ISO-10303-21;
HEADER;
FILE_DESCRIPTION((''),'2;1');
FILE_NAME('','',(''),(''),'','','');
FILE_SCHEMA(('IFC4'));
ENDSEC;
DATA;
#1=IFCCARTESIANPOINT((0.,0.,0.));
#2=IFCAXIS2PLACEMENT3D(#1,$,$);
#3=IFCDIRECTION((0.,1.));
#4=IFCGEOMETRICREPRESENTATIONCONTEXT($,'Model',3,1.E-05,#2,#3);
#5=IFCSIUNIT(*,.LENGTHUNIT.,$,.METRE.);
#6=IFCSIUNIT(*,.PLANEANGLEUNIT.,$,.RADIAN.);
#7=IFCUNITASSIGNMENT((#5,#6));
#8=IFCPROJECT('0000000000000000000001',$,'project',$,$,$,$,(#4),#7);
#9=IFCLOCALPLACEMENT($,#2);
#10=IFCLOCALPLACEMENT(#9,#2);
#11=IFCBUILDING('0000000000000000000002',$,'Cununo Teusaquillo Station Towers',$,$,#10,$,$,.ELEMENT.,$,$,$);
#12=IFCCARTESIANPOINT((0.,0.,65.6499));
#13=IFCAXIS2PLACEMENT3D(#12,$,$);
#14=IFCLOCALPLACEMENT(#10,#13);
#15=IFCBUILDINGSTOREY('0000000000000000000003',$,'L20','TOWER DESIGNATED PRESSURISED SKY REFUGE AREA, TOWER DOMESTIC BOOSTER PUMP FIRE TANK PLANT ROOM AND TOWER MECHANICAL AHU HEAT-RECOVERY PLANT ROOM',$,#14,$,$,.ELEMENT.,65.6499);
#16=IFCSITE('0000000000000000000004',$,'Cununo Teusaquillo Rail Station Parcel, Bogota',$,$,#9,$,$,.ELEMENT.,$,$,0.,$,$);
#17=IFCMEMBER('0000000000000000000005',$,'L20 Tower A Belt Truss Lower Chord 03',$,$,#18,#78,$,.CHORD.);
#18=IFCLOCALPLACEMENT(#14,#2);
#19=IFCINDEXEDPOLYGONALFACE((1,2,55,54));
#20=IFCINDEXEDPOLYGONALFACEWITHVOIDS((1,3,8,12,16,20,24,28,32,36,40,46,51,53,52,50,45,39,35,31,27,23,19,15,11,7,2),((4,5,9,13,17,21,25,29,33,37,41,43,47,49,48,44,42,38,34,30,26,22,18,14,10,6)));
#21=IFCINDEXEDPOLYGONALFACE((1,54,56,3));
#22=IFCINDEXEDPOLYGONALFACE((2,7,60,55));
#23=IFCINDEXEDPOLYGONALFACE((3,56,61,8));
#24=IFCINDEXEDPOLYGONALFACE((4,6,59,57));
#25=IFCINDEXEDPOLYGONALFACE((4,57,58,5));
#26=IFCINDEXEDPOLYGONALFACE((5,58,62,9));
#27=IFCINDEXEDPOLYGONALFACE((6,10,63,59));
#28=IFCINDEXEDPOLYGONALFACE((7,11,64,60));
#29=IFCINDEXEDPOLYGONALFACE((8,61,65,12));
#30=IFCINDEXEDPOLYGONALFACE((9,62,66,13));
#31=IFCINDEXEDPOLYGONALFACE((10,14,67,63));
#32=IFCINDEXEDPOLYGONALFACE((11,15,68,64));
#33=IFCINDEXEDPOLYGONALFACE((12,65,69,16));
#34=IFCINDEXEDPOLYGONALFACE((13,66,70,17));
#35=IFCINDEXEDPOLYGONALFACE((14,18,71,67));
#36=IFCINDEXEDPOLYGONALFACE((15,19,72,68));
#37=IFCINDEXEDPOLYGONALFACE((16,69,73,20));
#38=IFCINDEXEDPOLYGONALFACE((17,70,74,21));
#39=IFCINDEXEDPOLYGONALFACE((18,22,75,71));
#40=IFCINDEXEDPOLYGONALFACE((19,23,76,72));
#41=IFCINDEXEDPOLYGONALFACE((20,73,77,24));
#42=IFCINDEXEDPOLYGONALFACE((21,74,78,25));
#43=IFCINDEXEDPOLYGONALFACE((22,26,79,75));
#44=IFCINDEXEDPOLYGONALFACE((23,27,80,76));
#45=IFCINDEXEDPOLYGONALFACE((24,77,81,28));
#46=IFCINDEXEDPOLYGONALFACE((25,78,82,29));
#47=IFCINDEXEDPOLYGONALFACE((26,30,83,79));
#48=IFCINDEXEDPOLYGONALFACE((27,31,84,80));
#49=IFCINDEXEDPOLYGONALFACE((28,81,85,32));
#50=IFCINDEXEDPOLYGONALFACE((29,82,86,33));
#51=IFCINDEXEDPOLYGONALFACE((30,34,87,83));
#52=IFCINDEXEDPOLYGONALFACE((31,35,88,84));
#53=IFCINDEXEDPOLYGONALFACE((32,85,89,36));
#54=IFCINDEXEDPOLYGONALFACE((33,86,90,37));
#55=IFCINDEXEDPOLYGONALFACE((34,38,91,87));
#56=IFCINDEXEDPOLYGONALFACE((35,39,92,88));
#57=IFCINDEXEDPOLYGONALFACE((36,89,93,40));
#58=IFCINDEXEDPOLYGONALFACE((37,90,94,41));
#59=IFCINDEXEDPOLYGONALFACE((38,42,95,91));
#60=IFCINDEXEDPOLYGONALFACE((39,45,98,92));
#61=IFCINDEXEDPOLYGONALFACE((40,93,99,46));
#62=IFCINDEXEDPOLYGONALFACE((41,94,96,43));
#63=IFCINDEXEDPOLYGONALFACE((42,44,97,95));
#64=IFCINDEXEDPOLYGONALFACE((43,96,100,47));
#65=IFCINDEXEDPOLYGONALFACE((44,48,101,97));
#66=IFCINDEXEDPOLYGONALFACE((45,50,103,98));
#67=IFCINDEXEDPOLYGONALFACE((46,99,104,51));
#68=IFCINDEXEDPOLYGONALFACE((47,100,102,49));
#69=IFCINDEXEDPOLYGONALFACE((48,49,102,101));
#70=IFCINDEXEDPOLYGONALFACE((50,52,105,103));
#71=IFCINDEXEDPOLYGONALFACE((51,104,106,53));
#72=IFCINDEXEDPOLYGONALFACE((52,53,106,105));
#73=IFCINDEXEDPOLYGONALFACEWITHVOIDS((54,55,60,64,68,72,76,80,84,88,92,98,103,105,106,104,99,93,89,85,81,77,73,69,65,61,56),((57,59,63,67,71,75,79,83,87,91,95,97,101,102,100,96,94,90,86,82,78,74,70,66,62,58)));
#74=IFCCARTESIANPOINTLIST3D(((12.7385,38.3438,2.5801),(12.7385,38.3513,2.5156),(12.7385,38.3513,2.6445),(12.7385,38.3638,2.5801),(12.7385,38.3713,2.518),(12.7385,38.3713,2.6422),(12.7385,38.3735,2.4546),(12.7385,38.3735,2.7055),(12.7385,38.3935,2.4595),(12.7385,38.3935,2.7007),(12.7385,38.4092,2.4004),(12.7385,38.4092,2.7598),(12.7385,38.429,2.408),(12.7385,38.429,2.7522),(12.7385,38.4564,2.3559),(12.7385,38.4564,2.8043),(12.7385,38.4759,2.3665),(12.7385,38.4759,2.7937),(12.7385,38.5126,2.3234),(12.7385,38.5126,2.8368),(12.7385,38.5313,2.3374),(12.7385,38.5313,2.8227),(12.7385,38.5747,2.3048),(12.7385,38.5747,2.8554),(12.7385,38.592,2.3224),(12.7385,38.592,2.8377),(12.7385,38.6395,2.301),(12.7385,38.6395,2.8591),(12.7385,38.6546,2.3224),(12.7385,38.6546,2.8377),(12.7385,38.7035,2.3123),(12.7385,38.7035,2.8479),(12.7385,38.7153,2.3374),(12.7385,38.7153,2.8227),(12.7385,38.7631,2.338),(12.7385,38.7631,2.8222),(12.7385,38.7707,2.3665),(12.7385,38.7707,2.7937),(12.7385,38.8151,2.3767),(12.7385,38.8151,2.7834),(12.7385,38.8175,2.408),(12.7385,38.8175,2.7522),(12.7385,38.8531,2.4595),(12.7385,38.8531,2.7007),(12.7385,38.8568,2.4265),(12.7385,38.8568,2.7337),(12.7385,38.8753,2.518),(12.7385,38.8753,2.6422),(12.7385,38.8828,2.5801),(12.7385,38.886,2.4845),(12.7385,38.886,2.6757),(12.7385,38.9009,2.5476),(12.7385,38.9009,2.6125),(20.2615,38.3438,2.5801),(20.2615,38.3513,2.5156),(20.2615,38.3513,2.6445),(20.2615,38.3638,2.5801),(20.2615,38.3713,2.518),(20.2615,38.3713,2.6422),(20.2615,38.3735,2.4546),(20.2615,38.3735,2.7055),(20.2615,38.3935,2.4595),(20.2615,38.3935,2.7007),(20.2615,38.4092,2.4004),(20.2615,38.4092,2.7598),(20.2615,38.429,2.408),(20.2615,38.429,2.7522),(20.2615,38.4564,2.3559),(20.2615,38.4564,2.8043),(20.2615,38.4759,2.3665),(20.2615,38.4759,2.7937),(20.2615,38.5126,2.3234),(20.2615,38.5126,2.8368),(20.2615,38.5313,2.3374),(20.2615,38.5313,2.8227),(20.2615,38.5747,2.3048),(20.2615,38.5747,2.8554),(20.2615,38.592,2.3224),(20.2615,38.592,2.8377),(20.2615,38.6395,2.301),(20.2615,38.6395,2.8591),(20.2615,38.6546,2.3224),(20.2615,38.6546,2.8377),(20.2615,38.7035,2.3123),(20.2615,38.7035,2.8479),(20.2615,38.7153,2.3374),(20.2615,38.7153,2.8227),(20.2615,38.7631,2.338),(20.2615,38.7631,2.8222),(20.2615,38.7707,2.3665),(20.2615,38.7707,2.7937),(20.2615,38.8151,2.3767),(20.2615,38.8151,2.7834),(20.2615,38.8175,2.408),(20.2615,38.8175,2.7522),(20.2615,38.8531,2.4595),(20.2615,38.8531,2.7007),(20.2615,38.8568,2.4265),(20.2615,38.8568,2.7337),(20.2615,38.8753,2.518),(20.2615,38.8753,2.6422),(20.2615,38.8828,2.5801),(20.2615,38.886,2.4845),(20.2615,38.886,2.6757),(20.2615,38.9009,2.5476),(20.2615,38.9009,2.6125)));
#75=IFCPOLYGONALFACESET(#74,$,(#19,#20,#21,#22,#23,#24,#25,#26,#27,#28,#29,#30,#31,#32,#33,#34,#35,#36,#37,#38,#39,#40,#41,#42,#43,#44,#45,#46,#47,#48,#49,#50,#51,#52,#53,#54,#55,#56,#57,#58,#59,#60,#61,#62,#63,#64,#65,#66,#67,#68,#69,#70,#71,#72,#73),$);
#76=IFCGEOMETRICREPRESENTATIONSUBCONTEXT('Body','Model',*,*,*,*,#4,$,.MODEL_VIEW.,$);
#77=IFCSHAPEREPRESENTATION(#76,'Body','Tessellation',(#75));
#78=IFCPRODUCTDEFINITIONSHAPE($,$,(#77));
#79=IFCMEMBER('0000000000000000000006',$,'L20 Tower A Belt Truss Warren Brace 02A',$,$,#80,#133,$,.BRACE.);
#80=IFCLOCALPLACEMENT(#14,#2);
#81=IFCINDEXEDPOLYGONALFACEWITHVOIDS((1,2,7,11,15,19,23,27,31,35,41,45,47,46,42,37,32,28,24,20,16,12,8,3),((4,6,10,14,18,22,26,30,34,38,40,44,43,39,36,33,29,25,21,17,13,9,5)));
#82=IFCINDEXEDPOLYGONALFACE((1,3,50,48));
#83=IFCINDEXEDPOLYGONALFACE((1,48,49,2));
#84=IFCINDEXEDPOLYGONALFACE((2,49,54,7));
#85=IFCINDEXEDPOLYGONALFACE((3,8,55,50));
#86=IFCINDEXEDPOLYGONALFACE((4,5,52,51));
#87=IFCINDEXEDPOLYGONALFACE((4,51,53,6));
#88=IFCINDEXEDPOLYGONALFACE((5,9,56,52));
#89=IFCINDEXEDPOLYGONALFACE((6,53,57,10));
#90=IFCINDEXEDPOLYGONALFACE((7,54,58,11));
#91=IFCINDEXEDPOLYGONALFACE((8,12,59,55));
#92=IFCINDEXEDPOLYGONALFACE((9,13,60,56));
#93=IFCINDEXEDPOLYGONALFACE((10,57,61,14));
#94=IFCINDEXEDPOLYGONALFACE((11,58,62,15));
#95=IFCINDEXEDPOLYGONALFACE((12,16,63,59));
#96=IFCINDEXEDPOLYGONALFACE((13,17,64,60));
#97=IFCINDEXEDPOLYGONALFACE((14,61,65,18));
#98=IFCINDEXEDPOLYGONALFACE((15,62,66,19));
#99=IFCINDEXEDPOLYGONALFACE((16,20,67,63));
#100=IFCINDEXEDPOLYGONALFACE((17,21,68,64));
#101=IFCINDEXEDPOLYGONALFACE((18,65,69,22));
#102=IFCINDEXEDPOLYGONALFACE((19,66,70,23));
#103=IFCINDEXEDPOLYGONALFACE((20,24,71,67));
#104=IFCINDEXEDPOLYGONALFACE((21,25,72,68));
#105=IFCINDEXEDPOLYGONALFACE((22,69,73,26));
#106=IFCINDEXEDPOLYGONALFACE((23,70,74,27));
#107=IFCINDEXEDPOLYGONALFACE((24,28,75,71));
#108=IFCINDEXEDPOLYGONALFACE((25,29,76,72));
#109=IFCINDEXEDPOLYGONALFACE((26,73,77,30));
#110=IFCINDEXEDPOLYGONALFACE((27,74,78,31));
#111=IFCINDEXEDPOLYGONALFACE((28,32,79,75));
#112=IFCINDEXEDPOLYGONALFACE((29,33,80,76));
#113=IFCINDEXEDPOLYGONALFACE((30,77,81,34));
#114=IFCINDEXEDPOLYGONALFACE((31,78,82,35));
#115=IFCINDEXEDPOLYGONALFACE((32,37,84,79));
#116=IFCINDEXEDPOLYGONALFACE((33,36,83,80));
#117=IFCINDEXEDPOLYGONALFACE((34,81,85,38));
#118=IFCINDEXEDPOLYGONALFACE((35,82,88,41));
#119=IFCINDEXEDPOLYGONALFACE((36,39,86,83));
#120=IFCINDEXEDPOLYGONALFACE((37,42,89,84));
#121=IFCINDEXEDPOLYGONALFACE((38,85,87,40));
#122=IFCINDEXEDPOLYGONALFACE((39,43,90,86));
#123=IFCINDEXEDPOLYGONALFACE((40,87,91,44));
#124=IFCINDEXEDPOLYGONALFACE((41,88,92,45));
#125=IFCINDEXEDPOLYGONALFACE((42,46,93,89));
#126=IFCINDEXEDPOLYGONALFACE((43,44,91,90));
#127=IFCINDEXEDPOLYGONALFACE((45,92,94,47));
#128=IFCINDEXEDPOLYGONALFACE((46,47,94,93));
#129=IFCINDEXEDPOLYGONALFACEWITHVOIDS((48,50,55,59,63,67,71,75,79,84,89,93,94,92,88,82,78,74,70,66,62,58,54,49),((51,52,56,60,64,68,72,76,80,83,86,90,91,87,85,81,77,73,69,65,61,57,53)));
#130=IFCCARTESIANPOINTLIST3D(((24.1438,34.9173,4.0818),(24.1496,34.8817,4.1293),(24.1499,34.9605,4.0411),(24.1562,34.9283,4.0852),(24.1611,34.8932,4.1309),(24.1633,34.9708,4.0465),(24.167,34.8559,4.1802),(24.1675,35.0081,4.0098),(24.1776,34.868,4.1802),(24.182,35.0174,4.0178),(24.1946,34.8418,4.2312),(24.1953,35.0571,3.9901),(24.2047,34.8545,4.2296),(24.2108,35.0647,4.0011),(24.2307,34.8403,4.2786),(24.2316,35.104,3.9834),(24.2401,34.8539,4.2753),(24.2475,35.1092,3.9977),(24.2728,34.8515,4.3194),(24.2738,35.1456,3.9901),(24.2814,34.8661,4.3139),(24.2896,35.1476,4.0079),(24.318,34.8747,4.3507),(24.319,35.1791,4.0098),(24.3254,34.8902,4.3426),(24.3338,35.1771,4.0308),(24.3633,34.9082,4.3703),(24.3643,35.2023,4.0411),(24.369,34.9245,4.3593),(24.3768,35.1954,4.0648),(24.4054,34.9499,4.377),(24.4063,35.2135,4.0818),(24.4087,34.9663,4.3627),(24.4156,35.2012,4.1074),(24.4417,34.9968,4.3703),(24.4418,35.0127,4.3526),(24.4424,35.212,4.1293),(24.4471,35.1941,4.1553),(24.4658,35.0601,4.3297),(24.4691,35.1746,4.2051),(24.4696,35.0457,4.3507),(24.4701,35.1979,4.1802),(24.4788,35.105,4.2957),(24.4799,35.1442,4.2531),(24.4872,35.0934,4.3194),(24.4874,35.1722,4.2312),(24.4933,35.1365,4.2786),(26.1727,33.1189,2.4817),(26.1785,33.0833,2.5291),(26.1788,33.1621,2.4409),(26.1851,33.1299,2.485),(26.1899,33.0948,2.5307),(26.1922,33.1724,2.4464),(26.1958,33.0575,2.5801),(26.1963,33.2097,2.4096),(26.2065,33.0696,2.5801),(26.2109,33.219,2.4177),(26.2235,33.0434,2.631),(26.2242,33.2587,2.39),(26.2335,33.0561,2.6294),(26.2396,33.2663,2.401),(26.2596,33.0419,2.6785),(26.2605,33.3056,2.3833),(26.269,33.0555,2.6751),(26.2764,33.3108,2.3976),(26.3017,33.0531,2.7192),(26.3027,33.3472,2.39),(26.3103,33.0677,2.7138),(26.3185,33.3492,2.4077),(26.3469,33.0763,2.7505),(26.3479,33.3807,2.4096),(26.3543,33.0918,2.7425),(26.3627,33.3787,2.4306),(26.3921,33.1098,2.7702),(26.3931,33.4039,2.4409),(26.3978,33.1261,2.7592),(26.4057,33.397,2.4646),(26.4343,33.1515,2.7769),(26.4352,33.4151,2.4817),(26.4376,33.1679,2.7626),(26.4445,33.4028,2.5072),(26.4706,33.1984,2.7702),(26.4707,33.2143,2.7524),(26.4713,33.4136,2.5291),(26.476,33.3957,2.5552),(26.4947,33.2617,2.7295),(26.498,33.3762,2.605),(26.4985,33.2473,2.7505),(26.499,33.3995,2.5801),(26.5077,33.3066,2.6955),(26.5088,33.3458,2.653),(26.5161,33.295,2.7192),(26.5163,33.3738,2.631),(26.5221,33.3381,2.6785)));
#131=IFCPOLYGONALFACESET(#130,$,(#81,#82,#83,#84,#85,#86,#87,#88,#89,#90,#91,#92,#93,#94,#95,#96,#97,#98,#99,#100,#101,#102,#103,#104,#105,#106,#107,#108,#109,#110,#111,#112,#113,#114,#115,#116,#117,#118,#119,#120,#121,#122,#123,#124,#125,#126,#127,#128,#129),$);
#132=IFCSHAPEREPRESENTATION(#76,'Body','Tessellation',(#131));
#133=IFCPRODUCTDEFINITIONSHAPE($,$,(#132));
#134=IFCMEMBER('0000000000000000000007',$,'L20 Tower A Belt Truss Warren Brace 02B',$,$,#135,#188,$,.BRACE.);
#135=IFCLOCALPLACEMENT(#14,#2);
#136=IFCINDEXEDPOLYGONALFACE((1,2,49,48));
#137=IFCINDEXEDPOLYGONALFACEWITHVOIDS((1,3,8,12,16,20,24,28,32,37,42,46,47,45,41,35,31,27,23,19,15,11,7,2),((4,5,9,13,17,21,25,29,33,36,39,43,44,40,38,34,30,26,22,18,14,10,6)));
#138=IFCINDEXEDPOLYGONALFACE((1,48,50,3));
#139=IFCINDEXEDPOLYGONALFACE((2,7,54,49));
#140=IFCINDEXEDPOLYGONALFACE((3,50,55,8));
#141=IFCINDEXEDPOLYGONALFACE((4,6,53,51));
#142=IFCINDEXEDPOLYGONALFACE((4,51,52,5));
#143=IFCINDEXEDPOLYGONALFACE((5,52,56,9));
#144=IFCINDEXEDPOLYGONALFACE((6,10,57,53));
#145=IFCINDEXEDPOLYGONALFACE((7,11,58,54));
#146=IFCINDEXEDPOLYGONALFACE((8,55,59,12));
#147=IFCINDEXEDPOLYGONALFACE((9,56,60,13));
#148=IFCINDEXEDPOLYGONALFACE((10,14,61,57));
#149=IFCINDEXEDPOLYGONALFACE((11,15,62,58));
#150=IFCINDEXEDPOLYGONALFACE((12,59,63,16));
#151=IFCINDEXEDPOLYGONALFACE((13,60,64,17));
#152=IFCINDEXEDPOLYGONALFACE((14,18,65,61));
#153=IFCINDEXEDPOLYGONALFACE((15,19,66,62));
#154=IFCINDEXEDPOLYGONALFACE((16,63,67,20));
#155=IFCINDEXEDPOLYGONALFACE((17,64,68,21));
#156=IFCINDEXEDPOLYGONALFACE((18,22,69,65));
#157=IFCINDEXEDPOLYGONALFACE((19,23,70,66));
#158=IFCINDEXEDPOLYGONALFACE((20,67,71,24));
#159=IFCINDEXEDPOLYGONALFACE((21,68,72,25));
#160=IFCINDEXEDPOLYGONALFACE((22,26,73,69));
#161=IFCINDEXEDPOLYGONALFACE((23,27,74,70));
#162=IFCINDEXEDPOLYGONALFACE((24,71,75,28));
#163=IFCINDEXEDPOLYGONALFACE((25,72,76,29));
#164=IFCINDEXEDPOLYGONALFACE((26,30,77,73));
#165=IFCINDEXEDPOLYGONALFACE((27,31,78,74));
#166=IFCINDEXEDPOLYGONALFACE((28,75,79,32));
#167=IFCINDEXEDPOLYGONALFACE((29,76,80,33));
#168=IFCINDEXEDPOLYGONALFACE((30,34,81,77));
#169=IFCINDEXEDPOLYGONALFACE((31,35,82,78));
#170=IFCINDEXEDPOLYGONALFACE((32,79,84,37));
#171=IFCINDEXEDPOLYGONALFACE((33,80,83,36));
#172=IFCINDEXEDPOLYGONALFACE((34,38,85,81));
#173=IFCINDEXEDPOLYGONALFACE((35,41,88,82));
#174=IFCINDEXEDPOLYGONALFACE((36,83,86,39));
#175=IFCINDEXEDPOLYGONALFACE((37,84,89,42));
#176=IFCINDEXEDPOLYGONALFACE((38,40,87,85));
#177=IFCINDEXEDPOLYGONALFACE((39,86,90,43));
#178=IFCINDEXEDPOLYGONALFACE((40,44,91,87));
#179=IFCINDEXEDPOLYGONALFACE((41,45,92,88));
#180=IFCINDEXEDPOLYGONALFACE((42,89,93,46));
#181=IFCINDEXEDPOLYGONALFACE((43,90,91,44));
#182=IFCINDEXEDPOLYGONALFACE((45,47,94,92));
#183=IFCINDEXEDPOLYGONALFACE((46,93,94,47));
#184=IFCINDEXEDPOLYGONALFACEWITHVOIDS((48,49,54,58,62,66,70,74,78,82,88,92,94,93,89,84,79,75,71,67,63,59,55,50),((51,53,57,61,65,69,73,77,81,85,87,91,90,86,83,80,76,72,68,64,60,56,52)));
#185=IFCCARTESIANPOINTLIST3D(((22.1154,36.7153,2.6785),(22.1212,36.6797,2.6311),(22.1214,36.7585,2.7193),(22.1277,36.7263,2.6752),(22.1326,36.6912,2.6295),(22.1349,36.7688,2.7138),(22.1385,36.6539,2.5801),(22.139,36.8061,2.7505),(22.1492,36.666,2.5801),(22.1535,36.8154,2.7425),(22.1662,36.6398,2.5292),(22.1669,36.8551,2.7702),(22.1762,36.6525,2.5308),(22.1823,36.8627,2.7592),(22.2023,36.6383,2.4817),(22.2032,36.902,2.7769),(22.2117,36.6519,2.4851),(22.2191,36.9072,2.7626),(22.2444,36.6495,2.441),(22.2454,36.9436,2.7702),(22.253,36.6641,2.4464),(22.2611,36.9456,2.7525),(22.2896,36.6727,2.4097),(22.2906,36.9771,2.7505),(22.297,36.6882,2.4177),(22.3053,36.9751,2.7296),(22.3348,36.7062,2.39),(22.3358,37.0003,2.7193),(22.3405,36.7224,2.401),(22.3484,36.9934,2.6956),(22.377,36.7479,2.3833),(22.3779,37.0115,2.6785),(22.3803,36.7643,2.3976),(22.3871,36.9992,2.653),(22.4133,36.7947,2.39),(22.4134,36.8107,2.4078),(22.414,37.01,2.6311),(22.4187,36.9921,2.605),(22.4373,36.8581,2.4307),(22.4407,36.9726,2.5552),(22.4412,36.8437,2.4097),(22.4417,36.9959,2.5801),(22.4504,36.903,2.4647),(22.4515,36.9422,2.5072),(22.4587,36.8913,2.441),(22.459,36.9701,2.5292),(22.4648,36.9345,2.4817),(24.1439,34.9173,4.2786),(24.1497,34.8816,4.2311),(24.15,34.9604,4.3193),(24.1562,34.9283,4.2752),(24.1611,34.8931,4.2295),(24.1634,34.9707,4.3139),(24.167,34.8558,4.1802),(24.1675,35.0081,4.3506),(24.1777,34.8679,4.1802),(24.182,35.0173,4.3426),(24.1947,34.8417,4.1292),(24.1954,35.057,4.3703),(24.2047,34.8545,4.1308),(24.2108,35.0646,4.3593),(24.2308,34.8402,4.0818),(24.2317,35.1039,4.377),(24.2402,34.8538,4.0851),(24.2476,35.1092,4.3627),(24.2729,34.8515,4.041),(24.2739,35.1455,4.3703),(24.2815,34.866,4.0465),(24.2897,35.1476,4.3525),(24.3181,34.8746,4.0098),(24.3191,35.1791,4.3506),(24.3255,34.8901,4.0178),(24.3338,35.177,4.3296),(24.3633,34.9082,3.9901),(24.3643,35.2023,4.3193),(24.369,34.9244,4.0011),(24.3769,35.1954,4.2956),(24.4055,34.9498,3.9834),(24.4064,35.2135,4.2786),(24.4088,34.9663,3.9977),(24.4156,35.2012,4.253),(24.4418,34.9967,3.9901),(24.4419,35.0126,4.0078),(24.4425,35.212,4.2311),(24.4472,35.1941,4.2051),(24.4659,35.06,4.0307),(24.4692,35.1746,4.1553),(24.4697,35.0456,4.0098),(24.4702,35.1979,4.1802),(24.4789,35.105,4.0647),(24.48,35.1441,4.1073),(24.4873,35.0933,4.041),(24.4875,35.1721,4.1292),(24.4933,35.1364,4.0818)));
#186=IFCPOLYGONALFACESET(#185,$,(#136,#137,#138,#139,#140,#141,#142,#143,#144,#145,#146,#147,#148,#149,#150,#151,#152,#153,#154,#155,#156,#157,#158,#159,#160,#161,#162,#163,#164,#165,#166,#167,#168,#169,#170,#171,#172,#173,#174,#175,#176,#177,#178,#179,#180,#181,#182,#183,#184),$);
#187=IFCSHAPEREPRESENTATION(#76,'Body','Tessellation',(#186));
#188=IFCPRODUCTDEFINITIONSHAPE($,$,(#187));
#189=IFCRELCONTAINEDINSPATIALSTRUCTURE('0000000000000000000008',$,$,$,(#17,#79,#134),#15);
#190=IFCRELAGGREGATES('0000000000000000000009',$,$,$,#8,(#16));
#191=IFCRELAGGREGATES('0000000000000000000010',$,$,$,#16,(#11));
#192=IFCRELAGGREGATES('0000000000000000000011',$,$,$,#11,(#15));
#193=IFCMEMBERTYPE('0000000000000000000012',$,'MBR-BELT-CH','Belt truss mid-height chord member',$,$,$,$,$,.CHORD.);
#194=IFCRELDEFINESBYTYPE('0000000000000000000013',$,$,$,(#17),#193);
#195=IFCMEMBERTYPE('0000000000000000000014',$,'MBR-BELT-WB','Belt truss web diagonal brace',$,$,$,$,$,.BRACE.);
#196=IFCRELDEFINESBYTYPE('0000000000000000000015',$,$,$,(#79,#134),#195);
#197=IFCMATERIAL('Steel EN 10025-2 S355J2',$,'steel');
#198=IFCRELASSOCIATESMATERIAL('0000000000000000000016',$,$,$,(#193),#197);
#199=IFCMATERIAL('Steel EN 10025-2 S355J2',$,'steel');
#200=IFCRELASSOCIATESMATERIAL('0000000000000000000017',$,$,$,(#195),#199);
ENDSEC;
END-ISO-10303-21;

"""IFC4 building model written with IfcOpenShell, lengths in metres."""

from ifc_helpers import new_model, si_unit, direction, frame, origin, origin_2d, place, context, subcontext, project, spatial, hollow_circle, extrude, material, material_profile, profile_set, type_object, element, save


model = new_model("IFC4")

# Units and contexts
model_context = context("Model", 3, precision=1e-05, world=origin(), true_north=direction((0.0, 1.0)))
body_context = subcontext(model_context, "Body", "Model", "MODEL_VIEW")
ifc_project = project(units=[si_unit("LENGTHUNIT", "METRE"), si_unit("PLANEANGLEUNIT", "RADIAN")], contexts=[model_context])

# Site, building, storey
site_placement = place(None, origin())
site = spatial("IfcSite", under=ifc_project, at=site_placement, Name="Cununo Teusaquillo Rail Station Parcel, Bogota", CompositionType="ELEMENT", RefElevation=0.0)
building_placement = place(site_placement, origin())
building = spatial("IfcBuilding", under=site, at=building_placement, Name="Cununo Teusaquillo Station Towers", CompositionType="ELEMENT")
storey_placement = place(building_placement, frame((0.0, 0.0, 65.6499)))
storey = spatial("IfcBuildingStorey", under=building, at=storey_placement, Name="L20", Description="TOWER DESIGNATED PRESSURISED SKY REFUGE AREA, TOWER DOMESTIC BOOSTER PUMP FIRE TANK PLANT ROOM AND TOWER MECHANICAL AHU HEAT-RECOVERY PLANT ROOM", CompositionType="ELEMENT", Elevation=65.6499)

# Members
ifc_material_1 = material(Name="Steel EN 10025-2 S355J2", Category="steel")
ifc_material_profile_1 = material_profile(ifc_material_1, hollow_circle(Radius=0.2795, WallThickness=0.02, at=origin_2d()), Name="CHS 559x20")
ifc_profile_set_1 = profile_set([ifc_material_profile_1], Name="Steel EN 10025-2 S355J2")
member_type_1 = type_object("IfcMemberType", Name="MBR-BELT-CH", Description="Belt truss mid-height chord member", PredefinedType="CHORD", material=ifc_profile_set_1)
member_1_placement = place(storey_placement, frame((20.2615, 38.6233, 2.5801), z_axis=(-1.0, 0.0, 0.0), x_axis=(0.0, -1.0, 0.0)))
element("IfcMember", 1, at=member_1_placement, inside=storey, type_object=member_type_1, Name="L20 Tower A Belt Truss Lower Chord 03", PredefinedType="CHORD", context=body_context, shape_type="SweptSolid", body=[
    extrude(hollow_circle(Radius=0.2795, WallThickness=0.02, at=origin_2d()), origin(), (0.0, 0.0, 1.0), 7.5229),
])
ifc_material_2 = material(Name="Steel EN 10025-2 S355J2", Category="steel")
ifc_material_profile_2 = material_profile(ifc_material_2, hollow_circle(Radius=0.2285, WallThickness=0.0161, at=origin_2d()), Name="CHS 457x16")
ifc_profile_set_2 = profile_set([ifc_material_profile_2], Name="Steel EN 10025-2 S355J2")
member_type_2 = type_object("IfcMemberType", Name="MBR-BELT-WB", Description="Belt truss web diagonal brace", PredefinedType="BRACE", material=ifc_profile_set_2)
member_2_placement = place(storey_placement, frame((26.3474, 33.2285, 2.5801), z_axis=(-0.644459, 0.57125, 0.508277), x_axis=(-0.663324, -0.748333, 0.0)))
element("IfcMember", 2, at=member_2_placement, inside=storey, type_object=member_type_2, Name="L20 Tower A Belt Truss Warren Brace 02A", PredefinedType="BRACE", context=body_context, shape_type="SweptSolid", body=[
    extrude(hollow_circle(Radius=0.2285, WallThickness=0.0161, at=origin_2d()), origin(), (0.0, 0.0, 1.0), 3.1482),
])
member_3_placement = place(storey_placement, frame((24.3186, 35.0269, 4.1802), z_axis=(-0.644442, 0.571226, -0.508325), x_axis=(-0.663318, -0.748338, 0.0)))
element("IfcMember", 3, at=member_3_placement, inside=storey, type_object=member_type_2, Name="L20 Tower A Belt Truss Warren Brace 02B", PredefinedType="BRACE", context=body_context, shape_type="SweptSolid", body=[
    extrude(hollow_circle(Radius=0.2285, WallThickness=0.0161, at=origin_2d()), origin(), (0.0, 0.0, 1.0), 3.1477),
])

save(model, "model.ifc")
